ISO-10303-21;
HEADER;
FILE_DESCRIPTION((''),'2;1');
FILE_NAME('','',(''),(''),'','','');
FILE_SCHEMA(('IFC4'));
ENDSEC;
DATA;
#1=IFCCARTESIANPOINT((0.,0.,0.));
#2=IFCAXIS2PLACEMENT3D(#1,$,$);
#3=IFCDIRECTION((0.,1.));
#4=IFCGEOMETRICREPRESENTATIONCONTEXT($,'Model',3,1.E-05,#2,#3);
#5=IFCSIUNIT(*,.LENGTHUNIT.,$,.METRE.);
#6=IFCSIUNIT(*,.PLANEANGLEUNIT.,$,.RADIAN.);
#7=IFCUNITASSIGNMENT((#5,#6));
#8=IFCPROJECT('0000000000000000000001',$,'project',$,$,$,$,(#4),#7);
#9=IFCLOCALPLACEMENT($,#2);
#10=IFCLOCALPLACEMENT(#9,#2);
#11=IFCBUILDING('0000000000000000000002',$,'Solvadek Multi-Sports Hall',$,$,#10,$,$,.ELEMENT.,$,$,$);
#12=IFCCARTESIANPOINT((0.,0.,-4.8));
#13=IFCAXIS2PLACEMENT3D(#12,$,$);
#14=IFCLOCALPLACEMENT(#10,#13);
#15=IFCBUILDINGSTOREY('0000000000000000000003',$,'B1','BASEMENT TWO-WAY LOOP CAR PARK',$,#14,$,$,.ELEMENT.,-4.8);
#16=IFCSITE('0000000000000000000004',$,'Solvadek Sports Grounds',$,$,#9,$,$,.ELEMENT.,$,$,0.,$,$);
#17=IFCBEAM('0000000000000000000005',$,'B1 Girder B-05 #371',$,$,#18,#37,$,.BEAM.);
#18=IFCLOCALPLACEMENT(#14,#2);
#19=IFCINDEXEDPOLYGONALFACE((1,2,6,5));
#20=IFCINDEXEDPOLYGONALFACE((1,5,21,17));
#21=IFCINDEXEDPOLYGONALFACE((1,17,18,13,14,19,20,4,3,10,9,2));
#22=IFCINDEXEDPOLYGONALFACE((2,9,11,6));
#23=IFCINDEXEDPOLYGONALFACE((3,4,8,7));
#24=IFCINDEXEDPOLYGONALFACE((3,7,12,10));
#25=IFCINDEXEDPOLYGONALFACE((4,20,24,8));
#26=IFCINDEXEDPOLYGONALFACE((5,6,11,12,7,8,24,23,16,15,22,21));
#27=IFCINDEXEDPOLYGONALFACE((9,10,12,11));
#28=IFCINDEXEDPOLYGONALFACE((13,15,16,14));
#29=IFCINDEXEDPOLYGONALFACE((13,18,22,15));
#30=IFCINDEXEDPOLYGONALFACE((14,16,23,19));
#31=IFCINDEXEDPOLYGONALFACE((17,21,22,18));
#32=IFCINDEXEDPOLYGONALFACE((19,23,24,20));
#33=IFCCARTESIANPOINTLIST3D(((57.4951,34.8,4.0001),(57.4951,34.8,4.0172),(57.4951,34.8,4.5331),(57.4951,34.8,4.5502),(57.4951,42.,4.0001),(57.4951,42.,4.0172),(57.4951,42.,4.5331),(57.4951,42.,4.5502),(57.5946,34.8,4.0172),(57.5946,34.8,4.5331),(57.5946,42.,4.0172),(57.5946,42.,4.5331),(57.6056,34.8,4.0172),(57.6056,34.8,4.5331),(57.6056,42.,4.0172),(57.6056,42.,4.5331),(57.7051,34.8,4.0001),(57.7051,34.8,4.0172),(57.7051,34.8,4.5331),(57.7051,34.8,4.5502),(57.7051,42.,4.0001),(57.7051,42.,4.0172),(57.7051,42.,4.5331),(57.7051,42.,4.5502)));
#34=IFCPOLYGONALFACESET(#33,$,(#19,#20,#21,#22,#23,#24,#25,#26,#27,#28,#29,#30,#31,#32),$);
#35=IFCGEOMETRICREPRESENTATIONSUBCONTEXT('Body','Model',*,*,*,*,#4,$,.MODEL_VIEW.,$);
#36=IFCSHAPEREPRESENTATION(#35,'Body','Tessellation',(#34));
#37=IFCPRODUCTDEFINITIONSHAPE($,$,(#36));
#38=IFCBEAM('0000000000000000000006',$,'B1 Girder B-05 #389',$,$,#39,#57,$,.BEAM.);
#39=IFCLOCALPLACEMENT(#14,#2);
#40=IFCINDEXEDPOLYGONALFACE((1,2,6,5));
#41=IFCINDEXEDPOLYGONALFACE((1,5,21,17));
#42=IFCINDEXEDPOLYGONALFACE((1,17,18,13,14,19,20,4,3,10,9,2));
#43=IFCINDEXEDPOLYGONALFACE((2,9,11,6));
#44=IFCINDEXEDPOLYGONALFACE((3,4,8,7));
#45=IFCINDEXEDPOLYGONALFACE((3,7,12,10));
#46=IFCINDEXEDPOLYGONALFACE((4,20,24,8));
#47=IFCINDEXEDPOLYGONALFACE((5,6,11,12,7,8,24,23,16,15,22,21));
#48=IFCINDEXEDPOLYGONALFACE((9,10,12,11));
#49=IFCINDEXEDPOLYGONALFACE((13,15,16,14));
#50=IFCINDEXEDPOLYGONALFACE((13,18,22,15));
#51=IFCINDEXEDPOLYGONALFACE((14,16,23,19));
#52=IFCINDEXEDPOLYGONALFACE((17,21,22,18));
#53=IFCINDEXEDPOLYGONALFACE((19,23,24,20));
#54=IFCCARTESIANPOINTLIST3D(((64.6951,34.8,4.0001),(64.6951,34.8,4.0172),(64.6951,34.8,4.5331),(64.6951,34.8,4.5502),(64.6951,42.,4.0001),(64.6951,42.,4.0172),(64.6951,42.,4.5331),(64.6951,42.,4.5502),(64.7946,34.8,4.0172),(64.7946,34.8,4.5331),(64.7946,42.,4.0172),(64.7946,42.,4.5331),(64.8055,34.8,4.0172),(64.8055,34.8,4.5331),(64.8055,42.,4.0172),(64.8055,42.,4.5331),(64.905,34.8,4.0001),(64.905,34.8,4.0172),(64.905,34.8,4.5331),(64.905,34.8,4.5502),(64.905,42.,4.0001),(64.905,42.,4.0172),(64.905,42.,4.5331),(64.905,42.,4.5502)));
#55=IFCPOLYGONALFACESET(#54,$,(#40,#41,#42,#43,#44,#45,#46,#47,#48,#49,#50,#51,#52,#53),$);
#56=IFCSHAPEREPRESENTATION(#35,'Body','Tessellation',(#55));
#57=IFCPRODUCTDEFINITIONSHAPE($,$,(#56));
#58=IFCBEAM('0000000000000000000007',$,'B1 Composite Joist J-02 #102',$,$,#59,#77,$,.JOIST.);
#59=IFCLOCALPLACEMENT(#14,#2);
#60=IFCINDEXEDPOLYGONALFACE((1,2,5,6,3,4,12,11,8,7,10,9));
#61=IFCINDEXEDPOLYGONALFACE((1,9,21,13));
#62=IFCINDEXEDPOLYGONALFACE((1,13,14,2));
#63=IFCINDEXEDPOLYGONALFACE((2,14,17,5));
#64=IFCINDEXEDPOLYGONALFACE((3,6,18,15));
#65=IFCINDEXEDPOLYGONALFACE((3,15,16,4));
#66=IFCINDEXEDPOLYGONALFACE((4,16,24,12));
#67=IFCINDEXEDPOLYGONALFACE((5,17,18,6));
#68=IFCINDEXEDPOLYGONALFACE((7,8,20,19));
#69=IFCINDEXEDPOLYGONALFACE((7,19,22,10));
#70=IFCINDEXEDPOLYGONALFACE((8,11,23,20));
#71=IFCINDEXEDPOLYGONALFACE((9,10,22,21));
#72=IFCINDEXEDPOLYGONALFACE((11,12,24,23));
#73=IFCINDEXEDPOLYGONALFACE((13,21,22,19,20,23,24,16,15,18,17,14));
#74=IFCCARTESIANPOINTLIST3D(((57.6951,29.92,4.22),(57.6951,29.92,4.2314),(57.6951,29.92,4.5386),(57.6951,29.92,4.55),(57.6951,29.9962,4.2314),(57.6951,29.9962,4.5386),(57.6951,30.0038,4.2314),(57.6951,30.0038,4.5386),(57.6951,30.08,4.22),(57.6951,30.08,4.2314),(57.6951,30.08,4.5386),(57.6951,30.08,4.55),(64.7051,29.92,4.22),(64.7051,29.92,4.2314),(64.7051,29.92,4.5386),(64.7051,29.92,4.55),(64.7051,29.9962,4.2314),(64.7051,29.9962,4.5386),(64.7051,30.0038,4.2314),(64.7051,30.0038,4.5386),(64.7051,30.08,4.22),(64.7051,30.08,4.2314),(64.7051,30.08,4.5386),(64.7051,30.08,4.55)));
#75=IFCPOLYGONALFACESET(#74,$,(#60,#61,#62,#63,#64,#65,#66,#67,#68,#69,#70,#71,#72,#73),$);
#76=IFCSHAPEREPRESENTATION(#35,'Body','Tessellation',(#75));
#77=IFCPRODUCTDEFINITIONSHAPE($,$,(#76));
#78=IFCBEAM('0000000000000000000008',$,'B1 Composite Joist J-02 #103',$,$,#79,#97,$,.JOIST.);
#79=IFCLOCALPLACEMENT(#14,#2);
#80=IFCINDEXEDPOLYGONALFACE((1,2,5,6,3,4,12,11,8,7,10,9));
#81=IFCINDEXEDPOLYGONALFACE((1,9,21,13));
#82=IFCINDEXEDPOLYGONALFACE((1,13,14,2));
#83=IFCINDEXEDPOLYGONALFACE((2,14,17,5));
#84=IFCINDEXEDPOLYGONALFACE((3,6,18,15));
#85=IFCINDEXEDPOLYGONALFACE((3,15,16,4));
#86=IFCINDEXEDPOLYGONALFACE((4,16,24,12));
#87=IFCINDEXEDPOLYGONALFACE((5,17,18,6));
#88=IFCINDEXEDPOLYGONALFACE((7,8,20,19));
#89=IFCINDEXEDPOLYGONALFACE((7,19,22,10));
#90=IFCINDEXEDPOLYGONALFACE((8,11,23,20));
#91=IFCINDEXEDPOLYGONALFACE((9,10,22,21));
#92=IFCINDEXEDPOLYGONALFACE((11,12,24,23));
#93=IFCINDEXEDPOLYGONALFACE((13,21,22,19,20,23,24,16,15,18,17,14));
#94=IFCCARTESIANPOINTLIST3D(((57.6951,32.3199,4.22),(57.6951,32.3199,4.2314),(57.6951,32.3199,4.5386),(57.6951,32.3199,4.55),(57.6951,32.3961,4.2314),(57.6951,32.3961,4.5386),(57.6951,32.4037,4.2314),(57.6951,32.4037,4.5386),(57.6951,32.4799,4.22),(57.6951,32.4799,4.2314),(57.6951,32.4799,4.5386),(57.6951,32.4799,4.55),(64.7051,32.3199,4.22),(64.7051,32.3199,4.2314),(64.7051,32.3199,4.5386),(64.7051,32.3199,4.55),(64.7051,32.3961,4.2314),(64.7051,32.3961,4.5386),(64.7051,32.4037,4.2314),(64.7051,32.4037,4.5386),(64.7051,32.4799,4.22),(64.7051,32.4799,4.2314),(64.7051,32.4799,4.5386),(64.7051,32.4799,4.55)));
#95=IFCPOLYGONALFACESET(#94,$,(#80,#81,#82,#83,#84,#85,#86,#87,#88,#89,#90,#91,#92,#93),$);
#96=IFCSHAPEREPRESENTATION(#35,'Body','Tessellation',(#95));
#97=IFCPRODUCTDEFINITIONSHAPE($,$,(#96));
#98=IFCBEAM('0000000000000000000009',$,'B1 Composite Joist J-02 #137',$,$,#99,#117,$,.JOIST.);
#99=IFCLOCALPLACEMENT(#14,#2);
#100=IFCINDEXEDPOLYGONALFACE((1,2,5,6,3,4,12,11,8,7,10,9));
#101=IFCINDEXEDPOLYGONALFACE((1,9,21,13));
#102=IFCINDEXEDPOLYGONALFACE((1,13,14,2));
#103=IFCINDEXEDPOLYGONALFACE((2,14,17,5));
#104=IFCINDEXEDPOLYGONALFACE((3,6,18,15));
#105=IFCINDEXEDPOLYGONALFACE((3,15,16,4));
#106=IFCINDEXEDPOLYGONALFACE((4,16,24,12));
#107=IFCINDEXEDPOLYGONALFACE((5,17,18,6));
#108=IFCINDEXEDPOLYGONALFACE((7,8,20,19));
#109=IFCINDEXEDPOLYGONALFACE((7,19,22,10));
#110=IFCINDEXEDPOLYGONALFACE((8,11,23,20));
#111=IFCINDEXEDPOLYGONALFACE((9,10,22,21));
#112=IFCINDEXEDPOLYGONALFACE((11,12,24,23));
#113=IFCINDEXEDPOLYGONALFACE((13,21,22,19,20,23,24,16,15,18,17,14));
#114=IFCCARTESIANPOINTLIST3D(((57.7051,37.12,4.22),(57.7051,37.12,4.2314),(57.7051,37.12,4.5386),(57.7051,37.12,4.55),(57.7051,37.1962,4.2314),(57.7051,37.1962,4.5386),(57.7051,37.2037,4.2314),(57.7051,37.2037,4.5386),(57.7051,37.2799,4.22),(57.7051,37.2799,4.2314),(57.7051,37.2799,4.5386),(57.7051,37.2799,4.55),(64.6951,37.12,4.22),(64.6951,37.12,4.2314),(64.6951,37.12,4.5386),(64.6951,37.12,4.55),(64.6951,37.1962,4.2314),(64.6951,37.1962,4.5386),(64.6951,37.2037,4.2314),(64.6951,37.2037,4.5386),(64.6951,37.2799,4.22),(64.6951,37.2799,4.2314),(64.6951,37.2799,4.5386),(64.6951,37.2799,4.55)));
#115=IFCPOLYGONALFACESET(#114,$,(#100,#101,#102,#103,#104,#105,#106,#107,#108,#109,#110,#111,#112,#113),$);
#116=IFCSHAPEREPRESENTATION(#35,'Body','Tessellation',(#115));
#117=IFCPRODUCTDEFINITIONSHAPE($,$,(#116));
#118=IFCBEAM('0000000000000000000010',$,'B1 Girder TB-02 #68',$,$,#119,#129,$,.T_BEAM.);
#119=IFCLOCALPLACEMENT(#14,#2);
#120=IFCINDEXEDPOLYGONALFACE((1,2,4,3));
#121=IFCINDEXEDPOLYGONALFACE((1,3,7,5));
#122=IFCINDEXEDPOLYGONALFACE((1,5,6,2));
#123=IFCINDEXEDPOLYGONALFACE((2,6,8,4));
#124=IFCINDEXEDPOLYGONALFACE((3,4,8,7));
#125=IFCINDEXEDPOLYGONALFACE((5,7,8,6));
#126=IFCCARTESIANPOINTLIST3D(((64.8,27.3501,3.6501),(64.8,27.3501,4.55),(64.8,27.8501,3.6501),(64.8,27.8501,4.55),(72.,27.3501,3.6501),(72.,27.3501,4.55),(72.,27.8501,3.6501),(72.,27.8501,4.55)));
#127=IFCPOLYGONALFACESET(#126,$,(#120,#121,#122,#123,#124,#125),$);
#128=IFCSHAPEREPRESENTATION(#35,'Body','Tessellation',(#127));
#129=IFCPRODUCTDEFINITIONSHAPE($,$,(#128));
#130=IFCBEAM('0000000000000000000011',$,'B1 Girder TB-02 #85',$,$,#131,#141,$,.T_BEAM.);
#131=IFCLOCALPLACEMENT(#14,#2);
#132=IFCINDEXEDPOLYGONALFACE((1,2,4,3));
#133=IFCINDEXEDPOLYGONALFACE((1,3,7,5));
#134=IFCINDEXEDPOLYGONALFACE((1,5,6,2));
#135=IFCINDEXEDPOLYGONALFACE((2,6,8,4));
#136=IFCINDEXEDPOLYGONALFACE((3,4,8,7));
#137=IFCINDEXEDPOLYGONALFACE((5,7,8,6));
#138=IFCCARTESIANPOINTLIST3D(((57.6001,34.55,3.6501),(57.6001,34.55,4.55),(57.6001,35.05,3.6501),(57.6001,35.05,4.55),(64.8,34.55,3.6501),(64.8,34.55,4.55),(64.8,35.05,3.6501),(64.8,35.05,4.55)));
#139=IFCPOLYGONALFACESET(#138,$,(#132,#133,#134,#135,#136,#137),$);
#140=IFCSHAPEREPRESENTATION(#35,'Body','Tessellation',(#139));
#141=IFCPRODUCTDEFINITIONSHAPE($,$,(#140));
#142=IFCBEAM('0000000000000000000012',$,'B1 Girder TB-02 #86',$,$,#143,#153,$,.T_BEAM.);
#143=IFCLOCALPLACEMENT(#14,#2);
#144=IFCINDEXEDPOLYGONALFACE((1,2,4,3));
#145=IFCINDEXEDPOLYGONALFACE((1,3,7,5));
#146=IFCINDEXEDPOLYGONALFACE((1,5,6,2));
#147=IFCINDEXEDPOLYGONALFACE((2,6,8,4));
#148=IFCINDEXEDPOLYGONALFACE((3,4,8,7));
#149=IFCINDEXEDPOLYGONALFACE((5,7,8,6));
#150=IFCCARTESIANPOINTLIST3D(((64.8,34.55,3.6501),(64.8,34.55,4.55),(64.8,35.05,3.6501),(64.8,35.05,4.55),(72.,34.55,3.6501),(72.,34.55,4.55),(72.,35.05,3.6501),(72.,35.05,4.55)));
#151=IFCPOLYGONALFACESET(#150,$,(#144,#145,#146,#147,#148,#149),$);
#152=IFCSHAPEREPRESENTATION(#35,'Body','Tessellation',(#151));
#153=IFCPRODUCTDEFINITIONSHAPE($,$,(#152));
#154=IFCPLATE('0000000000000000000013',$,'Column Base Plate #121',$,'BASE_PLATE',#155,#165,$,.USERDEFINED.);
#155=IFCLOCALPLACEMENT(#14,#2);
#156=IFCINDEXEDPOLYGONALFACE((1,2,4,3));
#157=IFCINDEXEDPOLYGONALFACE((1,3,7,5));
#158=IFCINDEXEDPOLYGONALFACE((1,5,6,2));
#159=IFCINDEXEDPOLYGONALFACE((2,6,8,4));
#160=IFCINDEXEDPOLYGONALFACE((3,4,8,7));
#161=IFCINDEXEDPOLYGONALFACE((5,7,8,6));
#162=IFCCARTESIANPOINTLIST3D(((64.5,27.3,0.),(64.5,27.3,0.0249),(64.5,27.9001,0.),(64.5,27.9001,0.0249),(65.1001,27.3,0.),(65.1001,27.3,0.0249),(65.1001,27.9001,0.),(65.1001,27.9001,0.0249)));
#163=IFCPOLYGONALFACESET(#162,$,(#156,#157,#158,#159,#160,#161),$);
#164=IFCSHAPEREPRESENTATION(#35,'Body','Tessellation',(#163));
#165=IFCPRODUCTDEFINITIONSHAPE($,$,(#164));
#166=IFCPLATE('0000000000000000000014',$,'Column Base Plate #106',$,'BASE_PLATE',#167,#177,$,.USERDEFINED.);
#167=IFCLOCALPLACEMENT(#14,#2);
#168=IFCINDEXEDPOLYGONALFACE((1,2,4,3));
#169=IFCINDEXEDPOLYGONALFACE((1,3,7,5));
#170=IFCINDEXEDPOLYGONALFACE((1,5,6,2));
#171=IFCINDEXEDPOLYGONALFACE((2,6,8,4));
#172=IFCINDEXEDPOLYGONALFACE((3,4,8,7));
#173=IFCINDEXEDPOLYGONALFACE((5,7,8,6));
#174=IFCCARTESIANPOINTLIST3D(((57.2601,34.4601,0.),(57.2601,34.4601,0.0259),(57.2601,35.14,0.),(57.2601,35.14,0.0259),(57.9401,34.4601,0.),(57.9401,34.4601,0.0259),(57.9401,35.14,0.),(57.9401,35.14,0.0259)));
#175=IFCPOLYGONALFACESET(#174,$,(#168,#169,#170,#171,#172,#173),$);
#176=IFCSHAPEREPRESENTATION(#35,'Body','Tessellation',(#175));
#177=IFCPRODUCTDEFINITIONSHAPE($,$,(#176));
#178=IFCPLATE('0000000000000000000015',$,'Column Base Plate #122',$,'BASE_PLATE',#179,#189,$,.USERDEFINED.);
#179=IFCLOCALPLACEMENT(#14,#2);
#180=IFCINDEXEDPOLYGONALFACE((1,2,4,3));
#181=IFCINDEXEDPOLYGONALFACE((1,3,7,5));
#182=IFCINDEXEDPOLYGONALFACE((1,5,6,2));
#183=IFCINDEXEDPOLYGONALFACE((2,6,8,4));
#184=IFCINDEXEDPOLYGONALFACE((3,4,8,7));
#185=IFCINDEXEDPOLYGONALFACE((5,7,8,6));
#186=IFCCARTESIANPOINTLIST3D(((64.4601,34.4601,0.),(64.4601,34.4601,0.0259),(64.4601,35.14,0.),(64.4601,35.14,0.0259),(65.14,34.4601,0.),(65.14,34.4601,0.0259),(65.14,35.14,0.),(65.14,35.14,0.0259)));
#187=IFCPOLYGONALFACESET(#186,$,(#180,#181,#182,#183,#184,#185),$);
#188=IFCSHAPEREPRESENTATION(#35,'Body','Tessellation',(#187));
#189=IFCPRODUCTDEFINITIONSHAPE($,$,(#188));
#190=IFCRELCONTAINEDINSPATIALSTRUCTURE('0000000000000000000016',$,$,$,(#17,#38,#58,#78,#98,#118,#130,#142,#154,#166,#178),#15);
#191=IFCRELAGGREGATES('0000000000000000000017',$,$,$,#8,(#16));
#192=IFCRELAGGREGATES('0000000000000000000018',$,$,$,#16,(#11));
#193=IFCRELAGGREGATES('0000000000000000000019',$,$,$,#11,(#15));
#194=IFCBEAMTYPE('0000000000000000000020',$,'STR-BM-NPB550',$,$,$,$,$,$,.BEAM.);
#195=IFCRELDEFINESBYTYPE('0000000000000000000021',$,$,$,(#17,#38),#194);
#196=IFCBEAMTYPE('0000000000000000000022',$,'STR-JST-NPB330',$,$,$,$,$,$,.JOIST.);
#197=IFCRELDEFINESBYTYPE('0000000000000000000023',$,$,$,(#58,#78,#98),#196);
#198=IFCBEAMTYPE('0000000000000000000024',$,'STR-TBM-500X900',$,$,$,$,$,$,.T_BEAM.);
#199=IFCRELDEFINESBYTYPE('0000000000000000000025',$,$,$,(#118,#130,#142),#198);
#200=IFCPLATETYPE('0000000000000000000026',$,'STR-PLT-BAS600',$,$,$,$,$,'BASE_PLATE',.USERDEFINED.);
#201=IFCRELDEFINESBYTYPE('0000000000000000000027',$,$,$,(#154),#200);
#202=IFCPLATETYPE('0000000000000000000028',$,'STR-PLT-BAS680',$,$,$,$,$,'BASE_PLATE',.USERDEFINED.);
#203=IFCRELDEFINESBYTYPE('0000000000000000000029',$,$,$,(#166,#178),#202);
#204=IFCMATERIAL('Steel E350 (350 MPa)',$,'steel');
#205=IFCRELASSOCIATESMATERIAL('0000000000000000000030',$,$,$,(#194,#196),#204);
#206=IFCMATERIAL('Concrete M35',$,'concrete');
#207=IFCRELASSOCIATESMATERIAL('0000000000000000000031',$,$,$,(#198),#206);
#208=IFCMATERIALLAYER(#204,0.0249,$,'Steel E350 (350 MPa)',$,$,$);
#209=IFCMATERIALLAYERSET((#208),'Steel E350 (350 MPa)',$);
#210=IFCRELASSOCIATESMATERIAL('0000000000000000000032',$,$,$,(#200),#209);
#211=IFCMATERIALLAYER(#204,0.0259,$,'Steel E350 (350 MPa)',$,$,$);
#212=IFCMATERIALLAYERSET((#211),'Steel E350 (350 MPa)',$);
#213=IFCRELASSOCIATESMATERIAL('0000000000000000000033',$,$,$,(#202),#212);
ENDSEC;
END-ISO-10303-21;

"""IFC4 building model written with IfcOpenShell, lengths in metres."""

from ifc_helpers import new_model, si_unit, direction, frame, origin, origin_2d, place, context, subcontext, project, spatial, rectangle, i_section, extrude, material, layer, layer_set, material_profile, profile_set, type_object, element, save


model = new_model("IFC4")

# Units and contexts
model_context = context("Model", 3, precision=1e-05, world=origin(), true_north=direction((0.0, 1.0)))
body_context = subcontext(model_context, "Body", "Model", "MODEL_VIEW")
ifc_project = project(units=[si_unit("LENGTHUNIT", "METRE"), si_unit("PLANEANGLEUNIT", "RADIAN")], contexts=[model_context])

# Site, building, storey
site_placement = place(None, origin())
site = spatial("IfcSite", under=ifc_project, at=site_placement, Name="Solvadek Sports Grounds", CompositionType="ELEMENT", RefElevation=0.0)
building_placement = place(site_placement, origin())
building = spatial("IfcBuilding", under=site, at=building_placement, Name="Solvadek Multi-Sports Hall", CompositionType="ELEMENT")
storey_placement = place(building_placement, frame((0.0, 0.0, -4.8)))
storey = spatial("IfcBuildingStorey", under=building, at=storey_placement, Name="B1", Description="BASEMENT TWO-WAY LOOP CAR PARK", CompositionType="ELEMENT", Elevation=-4.8)

# Shared definitions
ifc_material_1 = material(Name="Concrete M35", Category="concrete")

# Shared definitions
ifc_material_2 = material(Name="Steel E350 (350 MPa)", Category="steel")

# Beams
ifc_material_profile_1 = material_profile(ifc_material_2, i_section(OverallWidth=0.21, OverallDepth=0.55, WebThickness=0.011, FlangeThickness=0.0171, at=origin_2d()), Name="NPB 550")
ifc_profile_set_1 = profile_set([ifc_material_profile_1], Name="Steel E350 (350 MPa)")
beam_type_1 = type_object("IfcBeamType", Name="STR-BM-NPB550", PredefinedType="BEAM", material=ifc_profile_set_1)
for number, where, z_axis, x_axis, name in (
    (1, (57.6001, 34.8, 4.2751), (0.0, 1.0, 0.0), (-1.0, 0.0, 0.0), "B1 Girder B-05 #371"),
    (2, (64.8, 34.8, 4.2751), (0.0, 1.0, 0.0), (-1.0, 0.0, 0.0), "B1 Girder B-05 #389"),
):
    element("IfcBeam", number, at=place(storey_placement, frame(where, z_axis=z_axis, x_axis=x_axis)), inside=storey, type_object=beam_type_1, Name=name, PredefinedType="BEAM", context=body_context, shape_type="SweptSolid", body=[
        extrude(i_section(OverallWidth=0.21, OverallDepth=0.55, WebThickness=0.011, FlangeThickness=0.0171, at=origin_2d()), origin(), (0.0, 0.0, 1.0), 7.2),
    ])
ifc_material_profile_2 = material_profile(ifc_material_2, i_section(OverallWidth=0.1599, OverallDepth=0.3301, WebThickness=0.0076, FlangeThickness=0.0115, at=origin_2d()), Name="NPB 330")
ifc_profile_set_2 = profile_set([ifc_material_profile_2], Name="Steel E350 (350 MPa)")
beam_type_2 = type_object("IfcBeamType", Name="STR-JST-NPB330", PredefinedType="JOIST", material=ifc_profile_set_2)
for number, where, z_axis, x_axis, name in (
    (3, (57.6951, 30.0, 4.385), (1.0, 0.0, 0.0), (0.0, 1.0, 0.0), "B1 Composite Joist J-02 #102"),
    (4, (57.6951, 32.3999, 4.385), (1.0, 0.0, 0.0), (0.0, 1.0, 0.0), "B1 Composite Joist J-02 #103"),
):
    element("IfcBeam", number, at=place(storey_placement, frame(where, z_axis=z_axis, x_axis=x_axis)), inside=storey, type_object=beam_type_2, Name=name, PredefinedType="JOIST", context=body_context, shape_type="SweptSolid", body=[
        extrude(i_section(OverallWidth=0.1599, OverallDepth=0.3301, WebThickness=0.0076, FlangeThickness=0.0115, at=origin_2d()), origin(), (0.0, 0.0, 1.0), 7.01),
    ])
beam_1_placement = place(storey_placement, frame((57.7051, 37.2, 4.385), z_axis=(1.0, 0.0, 0.0), x_axis=(0.0, 1.0, 0.0)))
element("IfcBeam", 5, at=beam_1_placement, inside=storey, type_object=beam_type_2, Name="B1 Composite Joist J-02 #137", PredefinedType="JOIST", context=body_context, shape_type="SweptSolid", body=[
    extrude(i_section(OverallWidth=0.1599, OverallDepth=0.3301, WebThickness=0.0076, FlangeThickness=0.0115, at=origin_2d()), origin(), (0.0, 0.0, 1.0), 6.99),
])
ifc_material_profile_3 = material_profile(ifc_material_1, rectangle(XDim=0.5, YDim=0.8999, at=origin_2d()), Name="RC T-BEAM 500x900")
ifc_profile_set_3 = profile_set([ifc_material_profile_3], Name="Concrete M35")
beam_type_3 = type_object("IfcBeamType", Name="STR-TBM-500X900", PredefinedType="T_BEAM", material=ifc_profile_set_3)
for number, where, z_axis, x_axis, name in (
    (6, (64.8, 27.6001, 4.1001), (1.0, 0.0, 0.0), (0.0, 1.0, 0.0), "B1 Girder TB-02 #68"),
    (7, (57.6001, 34.8, 4.1001), (1.0, 0.0, 0.0), (0.0, 1.0, 0.0), "B1 Girder TB-02 #85"),
    (8, (64.8, 34.8, 4.1001), (1.0, 0.0, 0.0), (0.0, 1.0, 0.0), "B1 Girder TB-02 #86"),
):
    element("IfcBeam", number, at=place(storey_placement, frame(where, z_axis=z_axis, x_axis=x_axis)), inside=storey, type_object=beam_type_3, Name=name, PredefinedType="T_BEAM", context=body_context, shape_type="SweptSolid", body=[
        extrude(rectangle(XDim=0.5, YDim=0.8999, at=origin_2d()), origin(), (0.0, 0.0, 1.0), 7.2),
    ])

# Plates
ifc_layer_1 = layer(ifc_material_2, 0.0249, Name="Steel E350 (350 MPa)")
ifc_layer_set_1 = layer_set([ifc_layer_1], Name="Steel E350 (350 MPa)")
plate_type_1 = type_object("IfcPlateType", Name="STR-PLT-BAS600", ElementType="BASE_PLATE", PredefinedType="USERDEFINED", material=ifc_layer_set_1)
plate_placement = place(storey_placement, frame((64.8, 27.6001, 0.0), z_axis=(0.0, 0.0, 1.0), x_axis=(1.0, 0.0, 0.0)))
element("IfcPlate", 9, at=plate_placement, inside=storey, type_object=plate_type_1, Name="Column Base Plate #121", ObjectType="BASE_PLATE", PredefinedType="USERDEFINED", context=body_context, shape_type="SweptSolid", body=[
    extrude(rectangle(XDim=0.6001, YDim=0.6001, at=origin_2d()), origin(), (0.0, 0.0, 1.0), 0.0249),
])
ifc_layer_2 = layer(ifc_material_2, 0.0259, Name="Steel E350 (350 MPa)")
ifc_layer_set_2 = layer_set([ifc_layer_2], Name="Steel E350 (350 MPa)")
plate_type_2 = type_object("IfcPlateType", Name="STR-PLT-BAS680", ElementType="BASE_PLATE", PredefinedType="USERDEFINED", material=ifc_layer_set_2)
for number, where, z_axis, x_axis, name in (
    (10, (57.6001, 34.8, 0.0), (0.0, 0.0, 1.0), (1.0, 0.0, 0.0), "Column Base Plate #106"),
    (11, (64.8, 34.8, 0.0), (0.0, 0.0, 1.0), (1.0, 0.0, 0.0), "Column Base Plate #122"),
):
    element("IfcPlate", number, at=place(storey_placement, frame(where, z_axis=z_axis, x_axis=x_axis)), inside=storey, type_object=plate_type_2, Name=name, ObjectType="BASE_PLATE", PredefinedType="USERDEFINED", context=body_context, shape_type="SweptSolid", body=[
        extrude(rectangle(XDim=0.6799, YDim=0.6799, at=origin_2d()), origin(), (0.0, 0.0, 1.0), 0.0259),
    ])

save(model, "model.ifc")
